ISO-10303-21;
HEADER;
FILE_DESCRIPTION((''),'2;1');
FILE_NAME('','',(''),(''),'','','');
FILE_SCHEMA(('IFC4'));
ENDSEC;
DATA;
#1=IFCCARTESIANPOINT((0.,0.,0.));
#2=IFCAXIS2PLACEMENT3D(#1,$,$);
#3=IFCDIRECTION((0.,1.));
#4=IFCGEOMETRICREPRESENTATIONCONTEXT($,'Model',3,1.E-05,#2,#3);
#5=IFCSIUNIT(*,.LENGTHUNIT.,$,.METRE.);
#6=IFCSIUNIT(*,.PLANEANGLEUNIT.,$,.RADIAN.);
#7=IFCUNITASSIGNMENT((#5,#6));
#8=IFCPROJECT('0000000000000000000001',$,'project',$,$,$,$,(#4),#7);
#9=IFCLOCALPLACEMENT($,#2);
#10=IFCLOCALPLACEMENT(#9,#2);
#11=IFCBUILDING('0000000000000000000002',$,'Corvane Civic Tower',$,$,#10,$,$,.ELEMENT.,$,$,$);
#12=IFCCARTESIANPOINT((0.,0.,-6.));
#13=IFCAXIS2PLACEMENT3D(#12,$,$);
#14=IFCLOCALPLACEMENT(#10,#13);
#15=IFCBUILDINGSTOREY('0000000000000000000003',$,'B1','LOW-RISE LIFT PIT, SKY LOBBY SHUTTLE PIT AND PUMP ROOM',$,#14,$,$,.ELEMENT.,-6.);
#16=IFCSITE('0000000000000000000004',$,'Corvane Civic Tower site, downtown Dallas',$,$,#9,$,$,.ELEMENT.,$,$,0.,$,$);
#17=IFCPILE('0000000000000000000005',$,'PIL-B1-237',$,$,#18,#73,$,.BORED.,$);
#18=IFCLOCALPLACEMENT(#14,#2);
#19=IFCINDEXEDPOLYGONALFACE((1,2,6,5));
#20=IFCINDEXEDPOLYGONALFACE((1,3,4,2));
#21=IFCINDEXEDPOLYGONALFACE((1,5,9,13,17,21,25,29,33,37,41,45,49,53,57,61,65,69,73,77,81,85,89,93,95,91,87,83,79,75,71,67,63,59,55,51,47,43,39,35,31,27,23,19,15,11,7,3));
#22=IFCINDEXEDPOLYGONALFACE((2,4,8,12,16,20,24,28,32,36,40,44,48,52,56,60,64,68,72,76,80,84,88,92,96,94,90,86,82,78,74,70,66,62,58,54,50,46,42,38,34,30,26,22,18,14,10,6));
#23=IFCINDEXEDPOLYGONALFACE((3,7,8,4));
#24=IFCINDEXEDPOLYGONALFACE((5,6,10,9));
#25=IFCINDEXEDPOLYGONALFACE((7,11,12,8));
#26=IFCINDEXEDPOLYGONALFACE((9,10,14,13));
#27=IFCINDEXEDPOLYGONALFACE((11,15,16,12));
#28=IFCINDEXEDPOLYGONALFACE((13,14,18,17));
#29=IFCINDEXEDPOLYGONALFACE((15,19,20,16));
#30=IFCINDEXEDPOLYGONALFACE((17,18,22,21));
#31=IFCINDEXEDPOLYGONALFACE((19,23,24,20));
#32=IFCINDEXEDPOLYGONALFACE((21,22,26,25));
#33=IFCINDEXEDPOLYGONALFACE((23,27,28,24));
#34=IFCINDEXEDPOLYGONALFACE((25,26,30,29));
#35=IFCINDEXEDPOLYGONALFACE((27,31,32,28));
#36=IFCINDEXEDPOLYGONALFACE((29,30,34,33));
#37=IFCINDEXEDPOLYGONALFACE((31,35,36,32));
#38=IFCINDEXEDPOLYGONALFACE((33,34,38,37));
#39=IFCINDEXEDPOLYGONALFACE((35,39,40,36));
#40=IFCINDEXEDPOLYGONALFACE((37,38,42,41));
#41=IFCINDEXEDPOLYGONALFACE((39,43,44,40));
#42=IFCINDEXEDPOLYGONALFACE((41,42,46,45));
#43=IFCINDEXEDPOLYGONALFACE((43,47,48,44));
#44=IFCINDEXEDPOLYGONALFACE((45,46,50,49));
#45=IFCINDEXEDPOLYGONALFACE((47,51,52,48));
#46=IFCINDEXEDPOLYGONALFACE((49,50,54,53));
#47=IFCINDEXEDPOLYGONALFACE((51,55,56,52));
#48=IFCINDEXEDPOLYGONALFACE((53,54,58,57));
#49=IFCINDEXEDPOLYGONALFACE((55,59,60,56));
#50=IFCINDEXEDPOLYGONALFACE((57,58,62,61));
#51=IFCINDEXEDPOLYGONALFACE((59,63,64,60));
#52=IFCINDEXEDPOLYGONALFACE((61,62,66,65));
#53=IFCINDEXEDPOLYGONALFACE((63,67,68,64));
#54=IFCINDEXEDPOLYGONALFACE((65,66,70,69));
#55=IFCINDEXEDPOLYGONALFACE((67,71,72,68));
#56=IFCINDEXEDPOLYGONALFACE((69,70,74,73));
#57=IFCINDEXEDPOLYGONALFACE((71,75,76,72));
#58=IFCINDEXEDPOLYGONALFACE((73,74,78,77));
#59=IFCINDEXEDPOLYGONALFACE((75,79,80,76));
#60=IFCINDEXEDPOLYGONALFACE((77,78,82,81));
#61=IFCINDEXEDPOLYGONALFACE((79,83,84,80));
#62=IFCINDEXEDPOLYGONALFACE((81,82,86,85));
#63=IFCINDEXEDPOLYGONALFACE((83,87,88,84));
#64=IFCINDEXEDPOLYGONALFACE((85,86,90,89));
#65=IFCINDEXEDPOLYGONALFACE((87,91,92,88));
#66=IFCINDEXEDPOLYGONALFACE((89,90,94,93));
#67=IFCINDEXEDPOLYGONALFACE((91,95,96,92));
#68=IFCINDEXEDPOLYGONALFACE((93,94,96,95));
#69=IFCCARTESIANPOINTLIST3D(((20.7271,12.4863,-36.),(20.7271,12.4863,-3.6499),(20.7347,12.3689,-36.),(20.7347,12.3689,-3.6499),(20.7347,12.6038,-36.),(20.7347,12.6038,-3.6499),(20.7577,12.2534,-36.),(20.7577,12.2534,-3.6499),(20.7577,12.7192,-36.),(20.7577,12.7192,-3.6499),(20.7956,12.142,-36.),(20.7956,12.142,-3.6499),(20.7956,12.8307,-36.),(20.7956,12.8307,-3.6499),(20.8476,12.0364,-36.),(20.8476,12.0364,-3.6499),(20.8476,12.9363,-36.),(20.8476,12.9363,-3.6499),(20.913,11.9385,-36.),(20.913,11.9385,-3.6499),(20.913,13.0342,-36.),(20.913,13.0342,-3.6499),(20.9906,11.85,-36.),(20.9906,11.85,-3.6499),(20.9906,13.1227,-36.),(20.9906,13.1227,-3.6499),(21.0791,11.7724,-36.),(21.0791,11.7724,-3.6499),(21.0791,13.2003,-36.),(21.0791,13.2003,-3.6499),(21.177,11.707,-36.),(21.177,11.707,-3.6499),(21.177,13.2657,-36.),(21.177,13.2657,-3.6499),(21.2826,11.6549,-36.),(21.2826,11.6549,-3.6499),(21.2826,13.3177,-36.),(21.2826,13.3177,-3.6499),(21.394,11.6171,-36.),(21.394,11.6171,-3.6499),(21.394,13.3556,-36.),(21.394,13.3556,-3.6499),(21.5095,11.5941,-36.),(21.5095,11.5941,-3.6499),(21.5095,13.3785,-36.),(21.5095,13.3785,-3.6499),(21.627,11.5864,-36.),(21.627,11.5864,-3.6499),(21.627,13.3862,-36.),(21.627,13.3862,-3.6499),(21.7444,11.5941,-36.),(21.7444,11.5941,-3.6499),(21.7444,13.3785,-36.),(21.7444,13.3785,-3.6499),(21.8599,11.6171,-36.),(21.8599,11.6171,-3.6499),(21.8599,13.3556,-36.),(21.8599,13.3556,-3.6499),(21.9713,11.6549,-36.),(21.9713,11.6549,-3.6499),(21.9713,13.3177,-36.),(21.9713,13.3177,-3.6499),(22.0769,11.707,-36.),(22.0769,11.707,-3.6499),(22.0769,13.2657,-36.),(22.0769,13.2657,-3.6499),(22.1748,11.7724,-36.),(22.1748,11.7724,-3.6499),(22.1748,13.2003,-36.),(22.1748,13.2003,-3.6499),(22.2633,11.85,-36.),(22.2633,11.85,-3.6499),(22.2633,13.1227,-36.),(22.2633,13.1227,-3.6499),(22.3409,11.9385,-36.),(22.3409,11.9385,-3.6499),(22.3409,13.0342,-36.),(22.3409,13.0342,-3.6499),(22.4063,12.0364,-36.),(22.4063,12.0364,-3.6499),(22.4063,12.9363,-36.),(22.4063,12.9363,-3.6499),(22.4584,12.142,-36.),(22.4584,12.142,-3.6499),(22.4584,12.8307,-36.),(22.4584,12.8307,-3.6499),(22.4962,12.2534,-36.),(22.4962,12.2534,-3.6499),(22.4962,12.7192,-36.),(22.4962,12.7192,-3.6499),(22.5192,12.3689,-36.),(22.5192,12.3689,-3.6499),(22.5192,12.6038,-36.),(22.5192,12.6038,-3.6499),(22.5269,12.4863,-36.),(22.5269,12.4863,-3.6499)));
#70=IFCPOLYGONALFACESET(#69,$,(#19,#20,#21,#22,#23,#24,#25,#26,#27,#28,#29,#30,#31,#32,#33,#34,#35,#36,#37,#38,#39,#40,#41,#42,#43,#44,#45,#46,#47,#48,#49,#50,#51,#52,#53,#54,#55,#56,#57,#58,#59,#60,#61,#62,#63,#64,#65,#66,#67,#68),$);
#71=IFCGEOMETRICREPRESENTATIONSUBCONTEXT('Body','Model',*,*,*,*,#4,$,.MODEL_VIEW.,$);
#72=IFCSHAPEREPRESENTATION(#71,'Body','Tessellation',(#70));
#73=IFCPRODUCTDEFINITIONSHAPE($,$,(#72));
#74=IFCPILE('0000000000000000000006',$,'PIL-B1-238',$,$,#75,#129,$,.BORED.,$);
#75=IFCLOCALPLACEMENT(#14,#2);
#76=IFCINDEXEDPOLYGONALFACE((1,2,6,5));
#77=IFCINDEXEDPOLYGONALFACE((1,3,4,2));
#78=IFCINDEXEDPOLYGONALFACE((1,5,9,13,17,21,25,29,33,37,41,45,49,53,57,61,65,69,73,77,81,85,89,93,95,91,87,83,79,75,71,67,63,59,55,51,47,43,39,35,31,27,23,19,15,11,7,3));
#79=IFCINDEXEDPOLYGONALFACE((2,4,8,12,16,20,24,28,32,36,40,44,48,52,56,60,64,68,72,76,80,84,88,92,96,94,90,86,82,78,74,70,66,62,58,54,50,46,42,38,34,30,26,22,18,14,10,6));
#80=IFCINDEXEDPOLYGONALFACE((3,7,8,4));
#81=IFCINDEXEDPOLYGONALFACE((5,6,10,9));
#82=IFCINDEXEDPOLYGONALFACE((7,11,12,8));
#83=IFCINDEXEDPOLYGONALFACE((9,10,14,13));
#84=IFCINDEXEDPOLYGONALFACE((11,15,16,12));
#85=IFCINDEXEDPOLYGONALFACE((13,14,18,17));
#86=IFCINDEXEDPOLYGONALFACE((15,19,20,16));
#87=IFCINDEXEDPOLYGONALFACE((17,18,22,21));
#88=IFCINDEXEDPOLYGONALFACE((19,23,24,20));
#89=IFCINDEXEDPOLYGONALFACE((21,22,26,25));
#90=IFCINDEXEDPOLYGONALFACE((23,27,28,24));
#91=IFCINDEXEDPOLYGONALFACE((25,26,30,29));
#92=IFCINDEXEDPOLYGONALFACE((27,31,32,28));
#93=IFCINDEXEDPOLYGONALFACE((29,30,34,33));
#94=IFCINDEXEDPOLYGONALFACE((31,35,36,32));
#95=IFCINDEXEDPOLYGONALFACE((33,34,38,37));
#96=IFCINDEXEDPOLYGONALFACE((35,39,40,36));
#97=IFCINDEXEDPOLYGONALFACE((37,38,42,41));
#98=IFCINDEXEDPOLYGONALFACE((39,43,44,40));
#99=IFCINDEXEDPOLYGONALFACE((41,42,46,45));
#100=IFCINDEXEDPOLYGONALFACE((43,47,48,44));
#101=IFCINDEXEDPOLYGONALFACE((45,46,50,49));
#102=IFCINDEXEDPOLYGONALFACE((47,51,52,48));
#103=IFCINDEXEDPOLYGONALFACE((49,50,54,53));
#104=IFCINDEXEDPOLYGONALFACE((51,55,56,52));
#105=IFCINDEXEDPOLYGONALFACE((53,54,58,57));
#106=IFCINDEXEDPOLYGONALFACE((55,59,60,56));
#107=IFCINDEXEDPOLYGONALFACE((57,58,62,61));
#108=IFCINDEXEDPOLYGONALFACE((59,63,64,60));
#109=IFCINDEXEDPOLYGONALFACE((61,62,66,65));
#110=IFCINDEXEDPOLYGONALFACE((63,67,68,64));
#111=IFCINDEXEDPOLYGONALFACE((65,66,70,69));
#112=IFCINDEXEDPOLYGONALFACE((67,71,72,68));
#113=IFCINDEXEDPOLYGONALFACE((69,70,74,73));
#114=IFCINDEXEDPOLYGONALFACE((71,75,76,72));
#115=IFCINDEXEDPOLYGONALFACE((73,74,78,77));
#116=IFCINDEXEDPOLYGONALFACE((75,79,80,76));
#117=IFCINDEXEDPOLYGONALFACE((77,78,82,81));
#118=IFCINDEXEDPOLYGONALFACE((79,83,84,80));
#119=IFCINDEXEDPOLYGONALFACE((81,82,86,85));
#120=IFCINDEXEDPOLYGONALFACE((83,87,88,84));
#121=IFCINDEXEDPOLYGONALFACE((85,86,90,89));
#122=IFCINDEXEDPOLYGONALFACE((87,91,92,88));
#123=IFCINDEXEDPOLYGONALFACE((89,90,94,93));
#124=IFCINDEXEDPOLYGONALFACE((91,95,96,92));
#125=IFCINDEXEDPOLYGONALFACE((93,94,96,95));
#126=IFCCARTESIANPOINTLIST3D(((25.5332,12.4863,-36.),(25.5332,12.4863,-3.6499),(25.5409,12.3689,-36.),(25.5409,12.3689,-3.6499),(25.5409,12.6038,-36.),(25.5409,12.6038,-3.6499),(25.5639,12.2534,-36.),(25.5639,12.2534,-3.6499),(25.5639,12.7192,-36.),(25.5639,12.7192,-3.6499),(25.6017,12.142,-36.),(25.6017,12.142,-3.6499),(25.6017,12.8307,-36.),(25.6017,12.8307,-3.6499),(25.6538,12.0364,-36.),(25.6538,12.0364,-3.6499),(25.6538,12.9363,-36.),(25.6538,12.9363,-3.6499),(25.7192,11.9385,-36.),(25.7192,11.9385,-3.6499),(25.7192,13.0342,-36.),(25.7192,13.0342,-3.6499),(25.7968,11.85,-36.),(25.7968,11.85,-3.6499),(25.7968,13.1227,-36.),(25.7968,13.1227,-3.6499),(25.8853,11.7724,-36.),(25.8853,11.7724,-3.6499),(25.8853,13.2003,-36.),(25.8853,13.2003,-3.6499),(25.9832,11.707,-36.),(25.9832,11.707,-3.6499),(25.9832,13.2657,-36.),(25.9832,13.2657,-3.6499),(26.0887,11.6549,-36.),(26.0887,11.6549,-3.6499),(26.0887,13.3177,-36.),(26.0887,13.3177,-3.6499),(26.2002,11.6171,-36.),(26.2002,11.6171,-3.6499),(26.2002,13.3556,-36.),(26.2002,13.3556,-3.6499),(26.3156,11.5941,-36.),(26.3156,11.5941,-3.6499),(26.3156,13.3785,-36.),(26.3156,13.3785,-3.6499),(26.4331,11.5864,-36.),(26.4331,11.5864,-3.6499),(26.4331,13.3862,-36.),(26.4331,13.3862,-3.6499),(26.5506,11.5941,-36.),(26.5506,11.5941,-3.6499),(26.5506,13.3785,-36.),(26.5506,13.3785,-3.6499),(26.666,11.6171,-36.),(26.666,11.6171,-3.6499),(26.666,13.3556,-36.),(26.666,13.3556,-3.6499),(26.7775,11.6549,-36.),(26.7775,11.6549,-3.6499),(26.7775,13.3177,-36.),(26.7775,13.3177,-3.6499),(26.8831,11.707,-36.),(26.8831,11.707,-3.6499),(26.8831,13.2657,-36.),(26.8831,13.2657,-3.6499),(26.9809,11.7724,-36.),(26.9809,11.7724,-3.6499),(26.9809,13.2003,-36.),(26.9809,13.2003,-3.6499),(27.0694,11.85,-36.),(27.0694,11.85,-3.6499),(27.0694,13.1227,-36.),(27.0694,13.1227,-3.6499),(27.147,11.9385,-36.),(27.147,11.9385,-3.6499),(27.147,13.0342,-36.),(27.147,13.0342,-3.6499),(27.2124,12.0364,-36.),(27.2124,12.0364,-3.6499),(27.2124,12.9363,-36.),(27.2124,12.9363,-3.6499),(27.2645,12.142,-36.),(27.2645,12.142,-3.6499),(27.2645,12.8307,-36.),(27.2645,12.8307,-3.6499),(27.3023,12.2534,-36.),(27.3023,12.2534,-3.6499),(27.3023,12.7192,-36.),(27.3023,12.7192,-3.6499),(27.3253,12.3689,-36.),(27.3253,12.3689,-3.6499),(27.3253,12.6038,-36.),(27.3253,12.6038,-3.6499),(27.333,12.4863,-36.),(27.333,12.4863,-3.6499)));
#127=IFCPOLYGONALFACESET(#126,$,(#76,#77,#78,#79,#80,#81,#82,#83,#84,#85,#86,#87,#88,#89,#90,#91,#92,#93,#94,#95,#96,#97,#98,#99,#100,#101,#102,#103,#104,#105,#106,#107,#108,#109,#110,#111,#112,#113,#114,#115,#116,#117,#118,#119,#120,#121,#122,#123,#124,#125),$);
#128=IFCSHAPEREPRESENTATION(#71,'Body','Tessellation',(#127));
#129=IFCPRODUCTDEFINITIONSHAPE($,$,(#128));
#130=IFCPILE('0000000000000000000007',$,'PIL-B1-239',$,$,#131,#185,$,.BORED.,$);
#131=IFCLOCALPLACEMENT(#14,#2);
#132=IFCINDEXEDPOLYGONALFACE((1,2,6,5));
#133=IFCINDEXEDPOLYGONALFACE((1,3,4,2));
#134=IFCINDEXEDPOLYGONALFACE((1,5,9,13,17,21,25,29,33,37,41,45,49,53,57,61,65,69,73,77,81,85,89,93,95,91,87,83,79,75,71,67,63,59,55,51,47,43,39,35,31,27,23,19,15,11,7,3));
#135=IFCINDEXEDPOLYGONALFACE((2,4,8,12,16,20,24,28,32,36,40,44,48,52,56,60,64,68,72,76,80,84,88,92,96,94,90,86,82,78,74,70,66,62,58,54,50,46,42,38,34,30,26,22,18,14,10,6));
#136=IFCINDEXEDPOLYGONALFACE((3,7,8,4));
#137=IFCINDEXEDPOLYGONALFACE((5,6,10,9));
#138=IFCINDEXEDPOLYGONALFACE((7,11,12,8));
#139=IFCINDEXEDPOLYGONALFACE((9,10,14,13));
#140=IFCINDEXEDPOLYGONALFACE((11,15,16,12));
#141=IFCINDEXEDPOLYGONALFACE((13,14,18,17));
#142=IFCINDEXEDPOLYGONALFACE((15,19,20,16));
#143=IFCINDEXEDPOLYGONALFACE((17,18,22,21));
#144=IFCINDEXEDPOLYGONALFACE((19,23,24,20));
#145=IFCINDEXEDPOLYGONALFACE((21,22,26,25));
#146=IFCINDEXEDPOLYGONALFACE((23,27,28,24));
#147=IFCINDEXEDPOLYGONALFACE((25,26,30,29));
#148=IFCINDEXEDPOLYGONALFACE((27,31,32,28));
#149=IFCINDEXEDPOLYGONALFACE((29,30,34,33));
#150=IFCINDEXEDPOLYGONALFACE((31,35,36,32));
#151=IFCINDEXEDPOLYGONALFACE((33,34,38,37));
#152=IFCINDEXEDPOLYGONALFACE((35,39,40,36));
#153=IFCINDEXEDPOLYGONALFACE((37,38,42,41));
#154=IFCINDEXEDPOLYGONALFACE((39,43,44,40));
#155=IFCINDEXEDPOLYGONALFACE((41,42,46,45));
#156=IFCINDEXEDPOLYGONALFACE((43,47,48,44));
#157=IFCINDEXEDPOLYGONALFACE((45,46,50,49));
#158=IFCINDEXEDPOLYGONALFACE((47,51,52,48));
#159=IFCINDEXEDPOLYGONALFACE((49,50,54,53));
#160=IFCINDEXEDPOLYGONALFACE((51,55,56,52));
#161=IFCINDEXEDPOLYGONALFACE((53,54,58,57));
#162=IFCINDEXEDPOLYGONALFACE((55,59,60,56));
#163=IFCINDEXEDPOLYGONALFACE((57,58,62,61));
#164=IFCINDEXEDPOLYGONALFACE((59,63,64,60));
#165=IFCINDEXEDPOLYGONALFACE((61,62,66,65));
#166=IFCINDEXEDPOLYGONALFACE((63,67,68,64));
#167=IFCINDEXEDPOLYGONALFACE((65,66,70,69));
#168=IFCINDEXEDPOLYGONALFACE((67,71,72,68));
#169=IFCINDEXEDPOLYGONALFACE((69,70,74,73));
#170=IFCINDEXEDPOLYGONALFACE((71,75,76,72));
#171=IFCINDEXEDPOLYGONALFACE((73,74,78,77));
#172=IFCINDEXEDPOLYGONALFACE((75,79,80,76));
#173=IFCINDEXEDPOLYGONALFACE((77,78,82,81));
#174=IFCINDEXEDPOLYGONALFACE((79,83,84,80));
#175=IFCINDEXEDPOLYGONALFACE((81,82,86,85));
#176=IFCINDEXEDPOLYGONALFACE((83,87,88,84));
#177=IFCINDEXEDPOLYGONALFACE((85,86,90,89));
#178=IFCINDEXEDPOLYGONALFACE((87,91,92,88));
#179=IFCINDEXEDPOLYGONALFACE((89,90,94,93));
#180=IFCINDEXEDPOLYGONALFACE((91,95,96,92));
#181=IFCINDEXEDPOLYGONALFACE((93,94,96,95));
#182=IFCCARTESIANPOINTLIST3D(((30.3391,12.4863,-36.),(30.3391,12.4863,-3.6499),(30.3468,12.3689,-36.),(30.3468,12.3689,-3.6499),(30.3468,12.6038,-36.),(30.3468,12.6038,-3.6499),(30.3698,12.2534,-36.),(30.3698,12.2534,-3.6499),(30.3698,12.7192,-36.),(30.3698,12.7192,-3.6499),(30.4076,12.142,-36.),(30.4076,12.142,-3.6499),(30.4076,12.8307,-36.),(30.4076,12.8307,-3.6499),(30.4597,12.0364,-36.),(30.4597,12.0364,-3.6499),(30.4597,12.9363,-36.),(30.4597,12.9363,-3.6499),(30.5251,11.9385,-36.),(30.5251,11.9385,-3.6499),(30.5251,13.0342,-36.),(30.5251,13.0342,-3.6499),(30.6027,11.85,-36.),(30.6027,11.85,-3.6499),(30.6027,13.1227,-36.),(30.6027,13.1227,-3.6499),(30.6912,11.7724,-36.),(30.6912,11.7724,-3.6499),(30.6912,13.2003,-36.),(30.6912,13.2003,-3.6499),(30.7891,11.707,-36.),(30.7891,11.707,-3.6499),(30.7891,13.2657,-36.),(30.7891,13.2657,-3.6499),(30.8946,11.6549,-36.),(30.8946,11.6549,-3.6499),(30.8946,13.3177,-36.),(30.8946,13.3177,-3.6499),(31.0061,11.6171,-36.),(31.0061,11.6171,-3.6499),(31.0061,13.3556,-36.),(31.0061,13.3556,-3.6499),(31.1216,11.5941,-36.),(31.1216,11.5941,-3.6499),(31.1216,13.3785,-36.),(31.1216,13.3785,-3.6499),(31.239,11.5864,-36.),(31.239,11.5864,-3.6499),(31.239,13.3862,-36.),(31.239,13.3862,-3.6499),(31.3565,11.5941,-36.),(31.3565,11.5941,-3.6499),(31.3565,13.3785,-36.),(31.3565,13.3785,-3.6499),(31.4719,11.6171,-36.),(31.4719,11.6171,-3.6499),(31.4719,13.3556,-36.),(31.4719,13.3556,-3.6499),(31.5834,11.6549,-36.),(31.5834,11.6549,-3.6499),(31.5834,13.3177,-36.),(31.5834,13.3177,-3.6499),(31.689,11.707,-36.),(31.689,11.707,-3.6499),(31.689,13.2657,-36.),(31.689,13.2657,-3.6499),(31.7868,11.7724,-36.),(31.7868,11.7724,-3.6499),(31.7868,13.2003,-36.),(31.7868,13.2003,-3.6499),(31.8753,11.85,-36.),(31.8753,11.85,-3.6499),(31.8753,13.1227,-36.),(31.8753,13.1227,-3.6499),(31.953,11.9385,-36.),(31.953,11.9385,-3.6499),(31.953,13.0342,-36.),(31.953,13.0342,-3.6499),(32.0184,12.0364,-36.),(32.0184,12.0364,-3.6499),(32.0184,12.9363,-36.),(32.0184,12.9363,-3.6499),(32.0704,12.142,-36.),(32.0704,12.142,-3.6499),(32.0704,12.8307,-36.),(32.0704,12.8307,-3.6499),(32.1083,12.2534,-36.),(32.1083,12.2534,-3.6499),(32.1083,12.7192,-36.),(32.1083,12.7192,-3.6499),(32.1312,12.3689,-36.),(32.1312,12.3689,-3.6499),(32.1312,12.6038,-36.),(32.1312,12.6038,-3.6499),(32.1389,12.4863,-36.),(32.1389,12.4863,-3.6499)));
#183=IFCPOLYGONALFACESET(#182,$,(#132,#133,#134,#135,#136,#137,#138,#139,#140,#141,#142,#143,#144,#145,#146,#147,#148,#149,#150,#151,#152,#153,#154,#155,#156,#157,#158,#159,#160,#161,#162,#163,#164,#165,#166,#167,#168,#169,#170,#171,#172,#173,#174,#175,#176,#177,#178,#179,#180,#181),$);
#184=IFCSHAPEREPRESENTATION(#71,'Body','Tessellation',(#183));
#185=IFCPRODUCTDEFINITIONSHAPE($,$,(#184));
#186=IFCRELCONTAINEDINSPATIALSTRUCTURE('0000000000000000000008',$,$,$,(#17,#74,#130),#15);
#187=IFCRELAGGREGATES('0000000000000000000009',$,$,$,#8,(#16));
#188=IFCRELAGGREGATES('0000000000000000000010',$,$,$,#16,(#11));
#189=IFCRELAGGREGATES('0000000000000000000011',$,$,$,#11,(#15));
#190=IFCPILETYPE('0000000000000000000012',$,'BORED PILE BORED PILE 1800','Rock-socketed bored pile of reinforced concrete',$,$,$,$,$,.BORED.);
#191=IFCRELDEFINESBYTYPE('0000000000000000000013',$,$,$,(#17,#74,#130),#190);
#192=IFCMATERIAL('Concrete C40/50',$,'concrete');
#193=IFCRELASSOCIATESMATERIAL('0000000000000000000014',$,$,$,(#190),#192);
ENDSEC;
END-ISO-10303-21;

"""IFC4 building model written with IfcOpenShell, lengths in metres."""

from ifc_helpers import new_model, si_unit, direction, frame, origin, origin_2d, place, context, subcontext, project, spatial, circle, extrude, material, material_profile, profile_set, type_object, element, save


model = new_model("IFC4")

# Units and contexts
model_context = context("Model", 3, precision=1e-05, world=origin(), true_north=direction((0.0, 1.0)))
body_context = subcontext(model_context, "Body", "Model", "MODEL_VIEW")
ifc_project = project(units=[si_unit("LENGTHUNIT", "METRE"), si_unit("PLANEANGLEUNIT", "RADIAN")], contexts=[model_context])

# Site, building, storey
site_placement = place(None, origin())
site = spatial("IfcSite", under=ifc_project, at=site_placement, Name="Corvane Civic Tower site, downtown Dallas", CompositionType="ELEMENT", RefElevation=0.0)
building_placement = place(site_placement, origin())
building = spatial("IfcBuilding", under=site, at=building_placement, Name="Corvane Civic Tower", CompositionType="ELEMENT")
storey_placement = place(building_placement, frame((0.0, 0.0, -6.0)))
storey = spatial("IfcBuildingStorey", under=building, at=storey_placement, Name="B1", Description="LOW-RISE LIFT PIT, SKY LOBBY SHUTTLE PIT AND PUMP ROOM", CompositionType="ELEMENT", Elevation=-6.0)

# Piles
ifc_material_1 = material(Name="Concrete C40/50", Category="concrete")
ifc_material_profile_1 = material_profile(ifc_material_1, circle(Radius=0.8999, at=origin_2d()), Name="BORED PILE 1800")
ifc_profile_set_1 = profile_set([ifc_material_profile_1], Name="Concrete C40/50")
pile_type = type_object("IfcPileType", Name="BORED PILE BORED PILE 1800", Description="Rock-socketed bored pile of reinforced concrete", PredefinedType="BORED", material=ifc_profile_set_1)
for number, where, z_axis, x_axis, name in (
    (1, (21.627, 12.4863, -3.6499), (0.0, 0.0, -1.0), (1.0, 0.0, 0.0), "PIL-B1-237"),
    (2, (26.4331, 12.4863, -3.6499), (0.0, 0.0, -1.0), (1.0, 0.0, 0.0), "PIL-B1-238"),
    (3, (31.239, 12.4863, -3.6499), (0.0, 0.0, -1.0), (1.0, 0.0, 0.0), "PIL-B1-239"),
):
    element("IfcPile", number, at=place(storey_placement, frame(where, z_axis=z_axis, x_axis=x_axis)), inside=storey, type_object=pile_type, Name=name, PredefinedType="BORED", context=body_context, shape_type="SweptSolid", body=[
        extrude(circle(Radius=0.8999, at=origin_2d()), origin(), (0.0, 0.0, 1.0), 32.3501),
    ])

save(model, "model.ifc")
